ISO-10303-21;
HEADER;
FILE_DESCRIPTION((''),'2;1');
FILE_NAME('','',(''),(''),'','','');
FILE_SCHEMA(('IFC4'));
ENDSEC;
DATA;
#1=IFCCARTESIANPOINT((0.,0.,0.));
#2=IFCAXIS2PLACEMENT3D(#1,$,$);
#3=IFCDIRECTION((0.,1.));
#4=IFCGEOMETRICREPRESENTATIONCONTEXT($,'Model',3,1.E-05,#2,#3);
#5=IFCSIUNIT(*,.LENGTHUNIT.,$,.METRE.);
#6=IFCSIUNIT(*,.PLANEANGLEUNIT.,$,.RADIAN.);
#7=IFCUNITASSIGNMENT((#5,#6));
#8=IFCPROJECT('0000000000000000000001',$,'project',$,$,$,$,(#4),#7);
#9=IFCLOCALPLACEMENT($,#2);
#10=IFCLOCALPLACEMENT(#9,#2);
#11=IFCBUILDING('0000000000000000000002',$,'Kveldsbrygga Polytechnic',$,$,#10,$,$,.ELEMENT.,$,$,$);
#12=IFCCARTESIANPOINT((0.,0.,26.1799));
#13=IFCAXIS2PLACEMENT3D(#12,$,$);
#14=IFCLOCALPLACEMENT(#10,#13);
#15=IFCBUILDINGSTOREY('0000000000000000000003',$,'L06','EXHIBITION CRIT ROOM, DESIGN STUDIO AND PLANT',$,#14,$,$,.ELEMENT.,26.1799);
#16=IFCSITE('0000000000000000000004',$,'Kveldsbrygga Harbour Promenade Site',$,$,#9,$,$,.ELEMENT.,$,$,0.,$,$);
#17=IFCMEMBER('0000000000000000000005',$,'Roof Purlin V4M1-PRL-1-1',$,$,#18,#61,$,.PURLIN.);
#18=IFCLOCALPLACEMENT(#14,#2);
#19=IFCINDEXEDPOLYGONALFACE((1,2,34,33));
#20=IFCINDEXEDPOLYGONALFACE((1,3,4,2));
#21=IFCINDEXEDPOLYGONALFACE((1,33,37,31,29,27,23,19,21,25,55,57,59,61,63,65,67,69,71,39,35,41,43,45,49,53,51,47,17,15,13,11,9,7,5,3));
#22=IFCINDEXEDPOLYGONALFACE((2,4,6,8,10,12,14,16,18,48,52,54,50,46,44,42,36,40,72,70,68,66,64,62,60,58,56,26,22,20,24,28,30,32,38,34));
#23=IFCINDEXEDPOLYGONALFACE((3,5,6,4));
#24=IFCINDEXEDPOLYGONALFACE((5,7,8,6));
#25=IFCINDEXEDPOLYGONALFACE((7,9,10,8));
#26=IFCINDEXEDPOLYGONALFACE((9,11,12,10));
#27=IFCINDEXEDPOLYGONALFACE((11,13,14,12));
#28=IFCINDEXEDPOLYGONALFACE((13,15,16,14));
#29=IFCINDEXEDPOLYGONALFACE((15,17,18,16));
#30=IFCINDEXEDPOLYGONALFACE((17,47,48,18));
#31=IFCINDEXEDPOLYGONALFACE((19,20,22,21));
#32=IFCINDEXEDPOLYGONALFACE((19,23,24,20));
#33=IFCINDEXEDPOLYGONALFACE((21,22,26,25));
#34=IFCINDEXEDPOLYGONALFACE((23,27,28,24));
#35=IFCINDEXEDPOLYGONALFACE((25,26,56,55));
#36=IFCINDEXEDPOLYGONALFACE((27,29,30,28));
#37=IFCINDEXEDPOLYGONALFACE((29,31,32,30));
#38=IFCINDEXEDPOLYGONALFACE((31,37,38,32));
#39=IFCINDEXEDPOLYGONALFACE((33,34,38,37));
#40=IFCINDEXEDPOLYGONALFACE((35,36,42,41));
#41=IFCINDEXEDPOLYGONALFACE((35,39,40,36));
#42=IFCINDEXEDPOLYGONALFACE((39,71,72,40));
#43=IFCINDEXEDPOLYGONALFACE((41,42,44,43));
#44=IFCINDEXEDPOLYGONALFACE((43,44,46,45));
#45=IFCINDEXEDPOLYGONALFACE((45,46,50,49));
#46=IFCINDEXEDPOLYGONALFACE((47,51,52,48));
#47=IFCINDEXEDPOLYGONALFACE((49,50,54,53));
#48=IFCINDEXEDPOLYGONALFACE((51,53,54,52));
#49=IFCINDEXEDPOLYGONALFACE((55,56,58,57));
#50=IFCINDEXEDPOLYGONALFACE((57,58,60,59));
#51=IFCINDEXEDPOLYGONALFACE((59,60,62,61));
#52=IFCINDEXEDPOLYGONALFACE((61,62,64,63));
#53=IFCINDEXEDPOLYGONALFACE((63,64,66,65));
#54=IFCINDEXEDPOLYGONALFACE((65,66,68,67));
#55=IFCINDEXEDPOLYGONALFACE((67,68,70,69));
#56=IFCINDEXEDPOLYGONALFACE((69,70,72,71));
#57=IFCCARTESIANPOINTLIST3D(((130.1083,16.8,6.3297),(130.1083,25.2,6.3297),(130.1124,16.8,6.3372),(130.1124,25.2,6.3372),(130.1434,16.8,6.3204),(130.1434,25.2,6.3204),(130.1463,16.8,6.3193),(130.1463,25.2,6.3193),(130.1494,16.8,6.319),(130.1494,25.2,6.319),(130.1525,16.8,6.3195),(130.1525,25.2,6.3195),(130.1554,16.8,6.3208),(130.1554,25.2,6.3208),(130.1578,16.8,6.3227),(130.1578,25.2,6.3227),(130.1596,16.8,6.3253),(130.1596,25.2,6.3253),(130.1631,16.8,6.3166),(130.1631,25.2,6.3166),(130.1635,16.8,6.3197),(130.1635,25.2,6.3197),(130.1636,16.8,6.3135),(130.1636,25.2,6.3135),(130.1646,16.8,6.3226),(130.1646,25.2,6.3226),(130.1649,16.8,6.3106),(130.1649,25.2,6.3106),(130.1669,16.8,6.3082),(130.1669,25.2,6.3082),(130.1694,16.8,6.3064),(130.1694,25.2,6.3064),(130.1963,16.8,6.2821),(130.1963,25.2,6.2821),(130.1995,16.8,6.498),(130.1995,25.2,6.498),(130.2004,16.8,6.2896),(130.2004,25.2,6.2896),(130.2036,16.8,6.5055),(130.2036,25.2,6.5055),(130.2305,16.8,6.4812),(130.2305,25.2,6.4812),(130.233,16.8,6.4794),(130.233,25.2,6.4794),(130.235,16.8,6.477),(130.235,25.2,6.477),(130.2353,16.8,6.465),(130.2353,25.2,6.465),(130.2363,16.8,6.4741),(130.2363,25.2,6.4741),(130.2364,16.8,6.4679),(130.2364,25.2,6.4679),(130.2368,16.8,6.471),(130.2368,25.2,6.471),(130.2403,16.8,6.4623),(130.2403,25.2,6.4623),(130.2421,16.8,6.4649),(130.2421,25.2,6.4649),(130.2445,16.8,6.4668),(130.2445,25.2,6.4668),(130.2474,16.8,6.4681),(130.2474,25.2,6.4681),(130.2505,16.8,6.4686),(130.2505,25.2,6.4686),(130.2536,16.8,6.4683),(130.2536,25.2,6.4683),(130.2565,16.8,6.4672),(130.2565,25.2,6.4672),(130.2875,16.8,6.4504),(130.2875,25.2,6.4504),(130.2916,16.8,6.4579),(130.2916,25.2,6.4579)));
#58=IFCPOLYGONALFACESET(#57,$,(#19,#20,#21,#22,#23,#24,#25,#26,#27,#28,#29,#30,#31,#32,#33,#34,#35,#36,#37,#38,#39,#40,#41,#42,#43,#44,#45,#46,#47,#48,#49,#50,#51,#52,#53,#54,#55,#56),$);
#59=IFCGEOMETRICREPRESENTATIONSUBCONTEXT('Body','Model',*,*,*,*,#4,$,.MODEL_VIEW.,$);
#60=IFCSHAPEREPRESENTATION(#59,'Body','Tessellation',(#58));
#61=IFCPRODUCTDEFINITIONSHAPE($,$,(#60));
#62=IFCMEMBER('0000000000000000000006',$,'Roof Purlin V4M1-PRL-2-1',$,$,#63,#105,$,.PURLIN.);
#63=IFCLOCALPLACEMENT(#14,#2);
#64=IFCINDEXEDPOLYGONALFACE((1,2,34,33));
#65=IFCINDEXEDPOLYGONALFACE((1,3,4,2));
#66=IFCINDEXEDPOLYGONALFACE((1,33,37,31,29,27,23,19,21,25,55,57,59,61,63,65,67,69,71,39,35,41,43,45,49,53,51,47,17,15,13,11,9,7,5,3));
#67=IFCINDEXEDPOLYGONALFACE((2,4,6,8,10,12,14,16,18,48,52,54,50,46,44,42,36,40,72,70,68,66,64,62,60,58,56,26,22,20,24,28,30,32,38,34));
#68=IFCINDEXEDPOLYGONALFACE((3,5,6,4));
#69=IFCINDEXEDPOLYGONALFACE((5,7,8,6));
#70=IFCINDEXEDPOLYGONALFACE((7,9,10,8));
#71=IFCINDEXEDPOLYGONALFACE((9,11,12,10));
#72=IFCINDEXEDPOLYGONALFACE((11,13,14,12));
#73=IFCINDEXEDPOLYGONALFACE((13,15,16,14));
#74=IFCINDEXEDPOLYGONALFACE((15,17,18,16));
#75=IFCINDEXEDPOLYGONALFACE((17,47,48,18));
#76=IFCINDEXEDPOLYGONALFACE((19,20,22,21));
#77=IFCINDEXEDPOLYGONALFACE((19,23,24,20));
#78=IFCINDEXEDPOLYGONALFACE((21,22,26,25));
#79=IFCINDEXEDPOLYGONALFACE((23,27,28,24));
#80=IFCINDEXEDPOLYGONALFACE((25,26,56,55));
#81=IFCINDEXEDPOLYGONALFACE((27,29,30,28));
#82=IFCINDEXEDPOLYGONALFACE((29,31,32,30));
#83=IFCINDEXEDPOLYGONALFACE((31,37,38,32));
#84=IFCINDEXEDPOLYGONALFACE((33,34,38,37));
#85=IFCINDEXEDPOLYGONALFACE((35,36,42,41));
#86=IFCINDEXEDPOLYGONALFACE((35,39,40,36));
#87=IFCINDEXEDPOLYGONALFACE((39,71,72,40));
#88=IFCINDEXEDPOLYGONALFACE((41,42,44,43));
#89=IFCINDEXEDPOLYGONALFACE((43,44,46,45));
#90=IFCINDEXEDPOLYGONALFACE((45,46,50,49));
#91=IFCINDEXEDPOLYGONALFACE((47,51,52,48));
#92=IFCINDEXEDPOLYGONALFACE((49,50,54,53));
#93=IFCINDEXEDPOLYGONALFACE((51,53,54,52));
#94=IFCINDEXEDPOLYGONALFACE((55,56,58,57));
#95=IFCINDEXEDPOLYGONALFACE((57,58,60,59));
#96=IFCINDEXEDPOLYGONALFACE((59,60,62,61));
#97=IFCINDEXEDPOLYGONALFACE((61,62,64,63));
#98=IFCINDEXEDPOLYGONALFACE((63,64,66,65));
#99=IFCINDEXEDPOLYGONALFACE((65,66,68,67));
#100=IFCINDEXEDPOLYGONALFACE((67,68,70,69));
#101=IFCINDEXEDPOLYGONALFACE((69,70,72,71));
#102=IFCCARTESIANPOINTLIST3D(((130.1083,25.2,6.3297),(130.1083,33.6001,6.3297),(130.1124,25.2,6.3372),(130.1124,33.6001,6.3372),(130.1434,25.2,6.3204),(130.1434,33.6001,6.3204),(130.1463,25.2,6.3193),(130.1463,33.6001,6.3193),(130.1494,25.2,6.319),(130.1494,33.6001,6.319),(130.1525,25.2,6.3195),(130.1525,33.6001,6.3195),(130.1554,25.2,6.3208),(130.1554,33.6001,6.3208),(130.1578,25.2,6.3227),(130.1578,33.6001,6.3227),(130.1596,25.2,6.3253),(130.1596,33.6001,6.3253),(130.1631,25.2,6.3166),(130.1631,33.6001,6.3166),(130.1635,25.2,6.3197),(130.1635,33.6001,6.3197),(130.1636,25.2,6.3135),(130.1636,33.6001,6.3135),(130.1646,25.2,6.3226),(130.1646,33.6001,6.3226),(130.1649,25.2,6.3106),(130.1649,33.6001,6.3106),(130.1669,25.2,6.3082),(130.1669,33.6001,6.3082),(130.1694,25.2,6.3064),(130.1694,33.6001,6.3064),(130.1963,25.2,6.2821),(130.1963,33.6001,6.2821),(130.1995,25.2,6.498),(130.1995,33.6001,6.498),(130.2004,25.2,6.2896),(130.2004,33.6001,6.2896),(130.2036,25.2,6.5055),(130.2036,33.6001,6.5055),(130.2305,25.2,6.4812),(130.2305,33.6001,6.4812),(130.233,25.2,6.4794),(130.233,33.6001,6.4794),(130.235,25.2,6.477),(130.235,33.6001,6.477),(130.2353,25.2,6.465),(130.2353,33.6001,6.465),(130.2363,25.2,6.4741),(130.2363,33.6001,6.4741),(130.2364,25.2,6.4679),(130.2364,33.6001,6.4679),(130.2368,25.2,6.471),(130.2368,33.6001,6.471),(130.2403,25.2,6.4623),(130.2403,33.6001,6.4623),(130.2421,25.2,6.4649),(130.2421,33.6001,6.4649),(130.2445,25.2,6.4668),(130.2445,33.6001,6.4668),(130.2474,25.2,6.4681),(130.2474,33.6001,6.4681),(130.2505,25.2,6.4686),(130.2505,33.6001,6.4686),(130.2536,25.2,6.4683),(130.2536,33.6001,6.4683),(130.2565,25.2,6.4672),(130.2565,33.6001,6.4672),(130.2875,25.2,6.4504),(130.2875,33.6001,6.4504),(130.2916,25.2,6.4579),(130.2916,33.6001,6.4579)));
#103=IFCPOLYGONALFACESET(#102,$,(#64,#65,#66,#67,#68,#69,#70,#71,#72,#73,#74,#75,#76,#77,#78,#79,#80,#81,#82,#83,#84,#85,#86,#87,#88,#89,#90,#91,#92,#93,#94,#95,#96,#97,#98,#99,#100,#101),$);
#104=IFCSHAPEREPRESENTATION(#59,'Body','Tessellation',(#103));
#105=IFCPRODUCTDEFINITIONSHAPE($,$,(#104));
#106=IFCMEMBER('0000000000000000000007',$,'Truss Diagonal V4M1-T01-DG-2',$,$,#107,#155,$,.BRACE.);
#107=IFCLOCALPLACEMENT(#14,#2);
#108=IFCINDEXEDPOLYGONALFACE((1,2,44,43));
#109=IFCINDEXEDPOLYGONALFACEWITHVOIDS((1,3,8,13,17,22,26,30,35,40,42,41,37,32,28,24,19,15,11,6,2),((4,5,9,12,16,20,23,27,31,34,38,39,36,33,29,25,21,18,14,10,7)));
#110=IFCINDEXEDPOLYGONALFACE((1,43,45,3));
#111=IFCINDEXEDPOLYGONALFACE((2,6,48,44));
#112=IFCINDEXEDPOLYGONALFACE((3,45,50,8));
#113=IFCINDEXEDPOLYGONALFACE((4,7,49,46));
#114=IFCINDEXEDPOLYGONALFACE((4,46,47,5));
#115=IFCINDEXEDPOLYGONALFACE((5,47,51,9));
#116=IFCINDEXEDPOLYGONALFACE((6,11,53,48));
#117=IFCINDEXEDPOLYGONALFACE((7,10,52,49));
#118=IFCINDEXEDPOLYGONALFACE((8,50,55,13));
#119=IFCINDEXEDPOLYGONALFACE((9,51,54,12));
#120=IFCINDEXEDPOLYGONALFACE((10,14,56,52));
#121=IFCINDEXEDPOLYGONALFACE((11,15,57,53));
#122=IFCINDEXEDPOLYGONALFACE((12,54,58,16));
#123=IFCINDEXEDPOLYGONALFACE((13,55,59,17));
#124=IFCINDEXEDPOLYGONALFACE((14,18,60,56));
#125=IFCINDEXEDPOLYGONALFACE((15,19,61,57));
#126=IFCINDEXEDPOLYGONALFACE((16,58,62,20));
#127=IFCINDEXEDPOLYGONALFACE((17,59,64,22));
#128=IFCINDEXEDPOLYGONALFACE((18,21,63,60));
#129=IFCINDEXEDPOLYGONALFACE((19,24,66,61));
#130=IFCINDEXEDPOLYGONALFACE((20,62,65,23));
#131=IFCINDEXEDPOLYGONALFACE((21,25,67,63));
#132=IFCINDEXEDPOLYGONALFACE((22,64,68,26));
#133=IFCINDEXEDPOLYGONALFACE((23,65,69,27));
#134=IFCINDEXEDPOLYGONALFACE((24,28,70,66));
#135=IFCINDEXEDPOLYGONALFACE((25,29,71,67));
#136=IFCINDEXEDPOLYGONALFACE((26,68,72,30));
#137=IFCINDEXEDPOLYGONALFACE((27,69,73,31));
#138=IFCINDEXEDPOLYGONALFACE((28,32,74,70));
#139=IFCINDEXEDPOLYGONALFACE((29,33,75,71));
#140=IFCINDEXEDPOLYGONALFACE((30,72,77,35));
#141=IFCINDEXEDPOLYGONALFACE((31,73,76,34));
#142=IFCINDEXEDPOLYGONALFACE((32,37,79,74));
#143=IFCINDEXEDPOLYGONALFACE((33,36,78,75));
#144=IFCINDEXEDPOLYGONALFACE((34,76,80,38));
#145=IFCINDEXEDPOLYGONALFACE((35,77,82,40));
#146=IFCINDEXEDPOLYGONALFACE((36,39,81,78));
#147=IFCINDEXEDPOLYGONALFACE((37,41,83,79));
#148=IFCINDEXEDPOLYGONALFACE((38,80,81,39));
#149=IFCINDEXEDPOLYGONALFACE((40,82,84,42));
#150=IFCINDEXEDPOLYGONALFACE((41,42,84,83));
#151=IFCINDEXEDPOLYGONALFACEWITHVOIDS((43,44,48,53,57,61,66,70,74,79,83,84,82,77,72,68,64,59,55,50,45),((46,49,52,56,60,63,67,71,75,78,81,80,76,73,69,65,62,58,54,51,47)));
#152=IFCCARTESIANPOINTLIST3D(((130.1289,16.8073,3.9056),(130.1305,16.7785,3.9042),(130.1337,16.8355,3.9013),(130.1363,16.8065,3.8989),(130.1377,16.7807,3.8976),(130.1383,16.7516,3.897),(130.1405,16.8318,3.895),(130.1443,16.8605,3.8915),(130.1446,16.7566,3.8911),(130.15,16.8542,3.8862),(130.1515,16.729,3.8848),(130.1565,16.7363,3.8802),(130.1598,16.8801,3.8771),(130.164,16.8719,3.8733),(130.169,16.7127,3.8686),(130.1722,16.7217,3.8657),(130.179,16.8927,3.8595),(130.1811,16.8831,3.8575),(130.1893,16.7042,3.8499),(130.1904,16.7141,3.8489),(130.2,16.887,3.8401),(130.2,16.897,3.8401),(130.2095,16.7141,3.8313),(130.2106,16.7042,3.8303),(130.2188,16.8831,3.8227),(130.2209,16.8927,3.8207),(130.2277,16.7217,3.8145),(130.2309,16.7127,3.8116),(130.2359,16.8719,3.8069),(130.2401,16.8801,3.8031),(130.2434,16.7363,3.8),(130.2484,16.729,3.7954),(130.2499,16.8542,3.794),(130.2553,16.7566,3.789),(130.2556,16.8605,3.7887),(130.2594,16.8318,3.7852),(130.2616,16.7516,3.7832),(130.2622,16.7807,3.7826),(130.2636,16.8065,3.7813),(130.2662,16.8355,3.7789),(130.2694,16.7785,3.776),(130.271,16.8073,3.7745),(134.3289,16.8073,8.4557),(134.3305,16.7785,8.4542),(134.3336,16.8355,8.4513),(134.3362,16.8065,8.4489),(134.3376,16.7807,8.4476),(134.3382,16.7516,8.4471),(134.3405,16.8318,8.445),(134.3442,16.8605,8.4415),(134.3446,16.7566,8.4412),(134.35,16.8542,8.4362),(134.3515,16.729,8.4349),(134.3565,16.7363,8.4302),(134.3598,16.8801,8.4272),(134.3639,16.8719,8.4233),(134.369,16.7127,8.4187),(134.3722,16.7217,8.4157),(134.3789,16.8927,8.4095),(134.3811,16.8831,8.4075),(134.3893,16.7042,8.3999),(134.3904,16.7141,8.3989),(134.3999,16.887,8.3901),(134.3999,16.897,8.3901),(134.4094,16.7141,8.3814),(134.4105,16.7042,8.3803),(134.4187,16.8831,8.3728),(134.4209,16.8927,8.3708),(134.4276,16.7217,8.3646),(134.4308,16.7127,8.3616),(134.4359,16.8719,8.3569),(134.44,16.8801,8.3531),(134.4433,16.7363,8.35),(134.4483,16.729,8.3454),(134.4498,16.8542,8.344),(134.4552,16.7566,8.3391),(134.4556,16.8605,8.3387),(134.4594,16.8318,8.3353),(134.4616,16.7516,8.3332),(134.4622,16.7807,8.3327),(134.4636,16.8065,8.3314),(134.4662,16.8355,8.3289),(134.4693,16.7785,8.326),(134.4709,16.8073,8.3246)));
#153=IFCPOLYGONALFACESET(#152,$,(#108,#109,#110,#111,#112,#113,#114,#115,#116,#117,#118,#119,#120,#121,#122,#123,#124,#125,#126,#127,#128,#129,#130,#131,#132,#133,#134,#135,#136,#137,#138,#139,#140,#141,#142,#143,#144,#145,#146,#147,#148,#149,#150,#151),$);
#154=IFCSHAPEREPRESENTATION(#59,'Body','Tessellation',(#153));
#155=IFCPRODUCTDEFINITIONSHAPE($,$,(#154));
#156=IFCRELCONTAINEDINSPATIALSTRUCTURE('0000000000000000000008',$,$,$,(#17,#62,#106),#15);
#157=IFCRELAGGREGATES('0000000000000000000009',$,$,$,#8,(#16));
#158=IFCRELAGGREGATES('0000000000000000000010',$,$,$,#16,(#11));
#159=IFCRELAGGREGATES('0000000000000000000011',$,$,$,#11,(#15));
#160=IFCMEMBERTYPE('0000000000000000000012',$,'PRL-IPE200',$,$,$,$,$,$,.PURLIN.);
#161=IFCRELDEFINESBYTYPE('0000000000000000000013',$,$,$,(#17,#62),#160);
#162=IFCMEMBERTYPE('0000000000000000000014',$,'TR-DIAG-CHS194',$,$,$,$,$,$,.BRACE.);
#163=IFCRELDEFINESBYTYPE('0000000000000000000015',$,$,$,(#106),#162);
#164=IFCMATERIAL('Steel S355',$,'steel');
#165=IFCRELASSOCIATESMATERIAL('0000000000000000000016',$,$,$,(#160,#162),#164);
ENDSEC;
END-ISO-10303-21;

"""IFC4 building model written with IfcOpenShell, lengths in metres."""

from ifc_helpers import new_model, si_unit, direction, frame, origin, origin_2d, place, context, subcontext, project, spatial, hollow_circle, i_section, extrude, material, material_profile, profile_set, type_object, element, save


model = new_model("IFC4")

# Units and contexts
model_context = context("Model", 3, precision=1e-05, world=origin(), true_north=direction((0.0, 1.0)))
body_context = subcontext(model_context, "Body", "Model", "MODEL_VIEW")
ifc_project = project(units=[si_unit("LENGTHUNIT", "METRE"), si_unit("PLANEANGLEUNIT", "RADIAN")], contexts=[model_context])

# Site, building, storey
site_placement = place(None, origin())
site = spatial("IfcSite", under=ifc_project, at=site_placement, Name="Kveldsbrygga Harbour Promenade Site", CompositionType="ELEMENT", RefElevation=0.0)
building_placement = place(site_placement, origin())
building = spatial("IfcBuilding", under=site, at=building_placement, Name="Kveldsbrygga Polytechnic", CompositionType="ELEMENT")
storey_placement = place(building_placement, frame((0.0, 0.0, 26.1799)))
storey = spatial("IfcBuildingStorey", under=building, at=storey_placement, Name="L06", Description="EXHIBITION CRIT ROOM, DESIGN STUDIO AND PLANT", CompositionType="ELEMENT", Elevation=26.1799)

# Members
ifc_material_1 = material(Name="Steel S355", Category="steel")
ifc_material_profile_1 = material_profile(ifc_material_1, i_section(OverallWidth=0.1001, OverallDepth=0.2, WebThickness=0.0056, FlangeThickness=0.0085, FilletRadius=0.012, at=origin_2d()), Name="IPE 200")
ifc_profile_set_1 = profile_set([ifc_material_profile_1], Name="Steel S355")
member_type_1 = type_object("IfcMemberType", Name="PRL-IPE200", PredefinedType="PURLIN", material=ifc_profile_set_1)
member_1_placement = place(storey_placement, frame((130.2, 16.8, 6.3938), z_axis=(0.0, 1.0, 0.0), x_axis=(-0.879292, 0.0, 0.476283)))
element("IfcMember", 1, at=member_1_placement, inside=storey, type_object=member_type_1, Name="Roof Purlin V4M1-PRL-1-1", PredefinedType="PURLIN", context=body_context, shape_type="SweptSolid", body=[
    extrude(i_section(OverallWidth=0.1001, OverallDepth=0.2, WebThickness=0.0056, FlangeThickness=0.0085, FilletRadius=0.012, at=origin_2d()), origin(), (0.0, 0.0, 1.0), 8.3999),
])
member_2_placement = place(storey_placement, frame((130.2, 25.2, 6.3938), z_axis=(0.0, 1.0, 0.0), x_axis=(-0.879292, 0.0, 0.476283)))
element("IfcMember", 2, at=member_2_placement, inside=storey, type_object=member_type_1, Name="Roof Purlin V4M1-PRL-2-1", PredefinedType="PURLIN", context=body_context, shape_type="SweptSolid", body=[
    extrude(i_section(OverallWidth=0.1001, OverallDepth=0.2, WebThickness=0.0056, FlangeThickness=0.0085, FilletRadius=0.012, at=origin_2d()), origin(), (0.0, 0.0, 1.0), 8.4001),
])
ifc_material_profile_2 = material_profile(ifc_material_1, hollow_circle(Radius=0.0969, WallThickness=0.01, at=origin_2d()), Name="CHS 193.7x10.0")
ifc_profile_set_2 = profile_set([ifc_material_profile_2], Name="Steel S355")
member_type_2 = type_object("IfcMemberType", Name="TR-DIAG-CHS194", PredefinedType="BRACE", material=ifc_profile_set_2)
for number, where, z_axis, x_axis, name in (
    (3, (130.2, 16.8, 3.8401), (0.678272, 0.0, 0.734811), (0.0, 1.0, 0.0), "Truss Diagonal V4M1-T01-DG-2"),
):
    element("IfcMember", number, at=place(storey_placement, frame(where, z_axis=z_axis, x_axis=x_axis)), inside=storey, type_object=member_type_2, Name=name, PredefinedType="BRACE", context=body_context, shape_type="SweptSolid", body=[
        extrude(hollow_circle(Radius=0.0969, WallThickness=0.01, at=origin_2d()), origin(), (0.0, 0.0, 1.0), 6.1921),
    ])

save(model, "model.ifc")
